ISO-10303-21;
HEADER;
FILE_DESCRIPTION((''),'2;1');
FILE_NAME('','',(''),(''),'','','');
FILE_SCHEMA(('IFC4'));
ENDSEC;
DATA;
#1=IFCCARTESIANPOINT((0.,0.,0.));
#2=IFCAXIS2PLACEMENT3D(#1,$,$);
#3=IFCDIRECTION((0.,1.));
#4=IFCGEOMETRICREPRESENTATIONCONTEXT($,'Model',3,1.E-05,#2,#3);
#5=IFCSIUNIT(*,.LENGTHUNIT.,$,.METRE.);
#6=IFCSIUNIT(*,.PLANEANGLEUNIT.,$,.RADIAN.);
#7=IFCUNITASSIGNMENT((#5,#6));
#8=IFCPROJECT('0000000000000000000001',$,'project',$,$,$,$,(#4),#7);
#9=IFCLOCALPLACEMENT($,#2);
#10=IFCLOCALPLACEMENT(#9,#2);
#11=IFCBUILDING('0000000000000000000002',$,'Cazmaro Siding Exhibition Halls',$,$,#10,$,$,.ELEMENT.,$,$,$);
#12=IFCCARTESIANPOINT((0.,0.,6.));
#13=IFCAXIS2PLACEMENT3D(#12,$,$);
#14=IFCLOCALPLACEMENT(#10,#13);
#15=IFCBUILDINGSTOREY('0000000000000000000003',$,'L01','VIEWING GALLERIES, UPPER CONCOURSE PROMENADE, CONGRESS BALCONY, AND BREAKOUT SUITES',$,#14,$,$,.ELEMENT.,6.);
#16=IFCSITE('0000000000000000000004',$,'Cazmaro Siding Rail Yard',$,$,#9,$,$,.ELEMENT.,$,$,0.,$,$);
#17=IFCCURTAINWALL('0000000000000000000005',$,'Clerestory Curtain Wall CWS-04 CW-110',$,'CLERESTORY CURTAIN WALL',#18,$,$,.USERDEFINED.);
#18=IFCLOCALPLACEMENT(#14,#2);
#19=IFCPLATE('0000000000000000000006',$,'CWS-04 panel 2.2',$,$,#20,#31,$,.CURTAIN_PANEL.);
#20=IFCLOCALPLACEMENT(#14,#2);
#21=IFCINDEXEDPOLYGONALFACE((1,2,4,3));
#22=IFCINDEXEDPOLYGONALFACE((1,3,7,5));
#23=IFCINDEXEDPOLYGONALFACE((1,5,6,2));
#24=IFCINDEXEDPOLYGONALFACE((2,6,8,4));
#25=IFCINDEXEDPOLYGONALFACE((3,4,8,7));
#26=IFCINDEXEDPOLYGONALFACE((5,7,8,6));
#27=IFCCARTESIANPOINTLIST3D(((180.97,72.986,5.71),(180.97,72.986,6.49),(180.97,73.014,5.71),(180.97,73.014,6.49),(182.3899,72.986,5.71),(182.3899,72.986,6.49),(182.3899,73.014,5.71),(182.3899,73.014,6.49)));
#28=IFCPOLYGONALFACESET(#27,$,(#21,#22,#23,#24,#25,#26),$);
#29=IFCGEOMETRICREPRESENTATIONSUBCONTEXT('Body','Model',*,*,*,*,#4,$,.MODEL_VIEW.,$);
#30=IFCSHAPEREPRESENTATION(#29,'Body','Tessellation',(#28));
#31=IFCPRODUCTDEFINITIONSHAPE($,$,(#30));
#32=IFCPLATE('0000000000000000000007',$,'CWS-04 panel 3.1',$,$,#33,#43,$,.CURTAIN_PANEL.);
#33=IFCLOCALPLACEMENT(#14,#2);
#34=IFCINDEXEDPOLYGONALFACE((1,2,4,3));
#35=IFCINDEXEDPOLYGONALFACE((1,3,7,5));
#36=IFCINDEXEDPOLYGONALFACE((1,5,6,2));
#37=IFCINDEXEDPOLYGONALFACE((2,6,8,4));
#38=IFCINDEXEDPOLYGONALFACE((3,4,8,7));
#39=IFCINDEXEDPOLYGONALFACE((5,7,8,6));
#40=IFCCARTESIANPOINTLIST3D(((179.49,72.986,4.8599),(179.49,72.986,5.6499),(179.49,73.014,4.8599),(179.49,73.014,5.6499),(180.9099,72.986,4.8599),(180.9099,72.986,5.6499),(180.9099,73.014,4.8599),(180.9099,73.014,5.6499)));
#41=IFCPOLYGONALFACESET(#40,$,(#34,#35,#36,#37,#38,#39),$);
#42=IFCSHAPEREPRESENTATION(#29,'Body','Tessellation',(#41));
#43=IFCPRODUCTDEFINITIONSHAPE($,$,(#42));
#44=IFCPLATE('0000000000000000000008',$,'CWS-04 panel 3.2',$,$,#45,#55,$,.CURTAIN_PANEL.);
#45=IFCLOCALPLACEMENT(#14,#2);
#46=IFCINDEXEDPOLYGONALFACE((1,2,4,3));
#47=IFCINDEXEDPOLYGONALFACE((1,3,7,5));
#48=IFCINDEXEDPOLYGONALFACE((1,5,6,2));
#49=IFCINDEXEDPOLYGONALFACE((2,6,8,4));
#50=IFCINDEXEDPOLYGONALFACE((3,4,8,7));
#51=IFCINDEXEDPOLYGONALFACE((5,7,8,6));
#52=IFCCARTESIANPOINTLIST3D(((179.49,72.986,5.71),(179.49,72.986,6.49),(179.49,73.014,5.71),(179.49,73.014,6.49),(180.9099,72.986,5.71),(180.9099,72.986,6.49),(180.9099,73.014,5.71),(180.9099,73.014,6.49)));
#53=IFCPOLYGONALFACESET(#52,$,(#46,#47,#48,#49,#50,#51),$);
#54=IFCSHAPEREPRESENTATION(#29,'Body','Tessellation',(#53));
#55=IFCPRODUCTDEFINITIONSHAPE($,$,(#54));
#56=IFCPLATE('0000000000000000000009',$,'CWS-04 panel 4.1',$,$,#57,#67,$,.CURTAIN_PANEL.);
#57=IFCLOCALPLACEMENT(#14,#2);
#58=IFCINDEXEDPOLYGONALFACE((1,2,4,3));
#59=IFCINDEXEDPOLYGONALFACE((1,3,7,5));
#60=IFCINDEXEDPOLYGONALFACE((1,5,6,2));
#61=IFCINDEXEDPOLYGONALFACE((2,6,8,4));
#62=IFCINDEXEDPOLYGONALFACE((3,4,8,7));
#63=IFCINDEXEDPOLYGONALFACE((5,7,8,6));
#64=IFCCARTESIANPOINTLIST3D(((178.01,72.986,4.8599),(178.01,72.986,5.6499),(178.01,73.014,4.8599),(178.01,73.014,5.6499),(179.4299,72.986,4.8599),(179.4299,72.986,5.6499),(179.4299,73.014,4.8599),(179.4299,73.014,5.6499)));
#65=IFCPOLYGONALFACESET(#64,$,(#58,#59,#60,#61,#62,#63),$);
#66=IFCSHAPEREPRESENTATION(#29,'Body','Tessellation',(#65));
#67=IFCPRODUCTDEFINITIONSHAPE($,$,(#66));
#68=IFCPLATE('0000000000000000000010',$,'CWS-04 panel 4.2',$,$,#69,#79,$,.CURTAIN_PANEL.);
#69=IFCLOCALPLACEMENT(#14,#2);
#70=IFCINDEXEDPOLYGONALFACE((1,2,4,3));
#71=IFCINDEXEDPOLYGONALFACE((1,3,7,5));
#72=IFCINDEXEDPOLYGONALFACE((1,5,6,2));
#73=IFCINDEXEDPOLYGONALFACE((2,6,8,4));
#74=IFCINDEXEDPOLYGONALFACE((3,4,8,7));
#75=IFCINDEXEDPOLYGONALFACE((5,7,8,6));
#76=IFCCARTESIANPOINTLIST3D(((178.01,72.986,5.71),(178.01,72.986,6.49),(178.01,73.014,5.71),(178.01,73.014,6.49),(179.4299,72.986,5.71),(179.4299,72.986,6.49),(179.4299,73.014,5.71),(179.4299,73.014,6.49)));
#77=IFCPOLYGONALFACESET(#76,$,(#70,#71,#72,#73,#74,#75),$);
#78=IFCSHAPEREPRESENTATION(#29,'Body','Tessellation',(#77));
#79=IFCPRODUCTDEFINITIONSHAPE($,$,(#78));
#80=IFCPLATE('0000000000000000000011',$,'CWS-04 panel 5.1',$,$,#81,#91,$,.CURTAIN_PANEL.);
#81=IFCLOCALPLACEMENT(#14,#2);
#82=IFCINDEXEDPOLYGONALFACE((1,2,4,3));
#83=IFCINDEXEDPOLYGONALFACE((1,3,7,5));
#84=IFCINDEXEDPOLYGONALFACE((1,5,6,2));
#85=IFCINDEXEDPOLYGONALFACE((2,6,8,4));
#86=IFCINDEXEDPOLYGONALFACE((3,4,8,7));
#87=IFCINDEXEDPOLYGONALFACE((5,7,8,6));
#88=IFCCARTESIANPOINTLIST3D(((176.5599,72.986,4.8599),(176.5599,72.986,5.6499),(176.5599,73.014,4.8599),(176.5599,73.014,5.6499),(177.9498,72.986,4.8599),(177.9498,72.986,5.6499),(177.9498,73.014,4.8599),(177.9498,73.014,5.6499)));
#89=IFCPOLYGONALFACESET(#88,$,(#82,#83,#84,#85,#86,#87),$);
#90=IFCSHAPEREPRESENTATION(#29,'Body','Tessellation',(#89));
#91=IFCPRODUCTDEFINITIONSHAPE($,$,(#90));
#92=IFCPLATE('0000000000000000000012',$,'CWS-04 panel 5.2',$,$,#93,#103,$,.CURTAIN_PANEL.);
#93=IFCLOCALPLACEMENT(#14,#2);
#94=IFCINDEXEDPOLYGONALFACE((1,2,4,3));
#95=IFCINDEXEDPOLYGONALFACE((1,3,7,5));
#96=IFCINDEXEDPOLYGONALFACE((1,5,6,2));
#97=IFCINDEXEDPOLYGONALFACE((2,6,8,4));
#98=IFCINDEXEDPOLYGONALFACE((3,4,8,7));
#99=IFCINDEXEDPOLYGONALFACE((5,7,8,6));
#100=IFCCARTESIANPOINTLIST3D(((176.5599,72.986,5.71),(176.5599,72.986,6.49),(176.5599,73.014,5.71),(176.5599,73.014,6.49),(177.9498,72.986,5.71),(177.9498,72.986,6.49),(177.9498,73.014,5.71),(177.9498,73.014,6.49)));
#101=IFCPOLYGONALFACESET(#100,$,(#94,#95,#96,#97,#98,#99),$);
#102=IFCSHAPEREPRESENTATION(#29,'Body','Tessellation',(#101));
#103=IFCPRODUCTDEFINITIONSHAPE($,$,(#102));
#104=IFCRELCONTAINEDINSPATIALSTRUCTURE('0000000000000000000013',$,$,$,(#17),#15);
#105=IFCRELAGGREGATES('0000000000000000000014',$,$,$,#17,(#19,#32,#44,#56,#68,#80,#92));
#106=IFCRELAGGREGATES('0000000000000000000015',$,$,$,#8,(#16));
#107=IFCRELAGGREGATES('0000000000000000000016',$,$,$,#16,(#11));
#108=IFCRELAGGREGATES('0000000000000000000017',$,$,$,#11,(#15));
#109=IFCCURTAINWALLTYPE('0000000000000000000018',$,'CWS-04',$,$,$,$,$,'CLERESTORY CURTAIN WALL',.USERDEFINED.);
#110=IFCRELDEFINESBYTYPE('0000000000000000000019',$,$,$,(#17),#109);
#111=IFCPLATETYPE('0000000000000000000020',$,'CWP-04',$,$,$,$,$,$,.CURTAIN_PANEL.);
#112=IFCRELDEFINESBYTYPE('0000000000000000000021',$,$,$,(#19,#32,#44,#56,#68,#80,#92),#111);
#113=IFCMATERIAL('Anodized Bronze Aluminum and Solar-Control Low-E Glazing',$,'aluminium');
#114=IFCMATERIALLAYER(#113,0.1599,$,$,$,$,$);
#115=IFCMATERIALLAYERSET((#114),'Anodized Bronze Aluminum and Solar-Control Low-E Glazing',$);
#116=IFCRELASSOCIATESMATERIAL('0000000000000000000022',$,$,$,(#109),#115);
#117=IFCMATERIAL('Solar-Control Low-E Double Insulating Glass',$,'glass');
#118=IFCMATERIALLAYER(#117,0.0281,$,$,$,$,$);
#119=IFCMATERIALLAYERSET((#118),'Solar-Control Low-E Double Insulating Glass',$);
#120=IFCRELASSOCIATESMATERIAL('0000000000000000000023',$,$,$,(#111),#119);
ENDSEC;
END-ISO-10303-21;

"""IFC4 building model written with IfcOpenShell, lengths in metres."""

from ifc_helpers import new_model, si_unit, direction, frame, origin, origin_2d, place, context, subcontext, project, spatial, rectangle, extrude, material, layer, layer_set, type_object, element, aggregate, save


model = new_model("IFC4")

# Units and contexts
model_context = context("Model", 3, precision=1e-05, world=origin(), true_north=direction((0.0, 1.0)))
body_context = subcontext(model_context, "Body", "Model", "MODEL_VIEW")
ifc_project = project(units=[si_unit("LENGTHUNIT", "METRE"), si_unit("PLANEANGLEUNIT", "RADIAN")], contexts=[model_context])

# Site, building, storey
site_placement = place(None, origin())
site = spatial("IfcSite", under=ifc_project, at=site_placement, Name="Cazmaro Siding Rail Yard", CompositionType="ELEMENT", RefElevation=0.0)
building_placement = place(site_placement, origin())
building = spatial("IfcBuilding", under=site, at=building_placement, Name="Cazmaro Siding Exhibition Halls", CompositionType="ELEMENT")
storey_placement = place(building_placement, frame((0.0, 0.0, 6.0)))
storey = spatial("IfcBuildingStorey", under=building, at=storey_placement, Name="L01", Description="VIEWING GALLERIES, UPPER CONCOURSE PROMENADE, CONGRESS BALCONY, AND BREAKOUT SUITES", CompositionType="ELEMENT", Elevation=6.0)

# Curtain wall, plates
ifc_material_1 = material(Name="Anodized Bronze Aluminum and Solar-Control Low-E Glazing", Category="aluminium")
ifc_layer_1 = layer(ifc_material_1, 0.1599)
ifc_layer_set_1 = layer_set([ifc_layer_1], Name="Anodized Bronze Aluminum and Solar-Control Low-E Glazing")
curtain_wall_type = type_object("IfcCurtainWallType", Name="CWS-04", ElementType="CLERESTORY CURTAIN WALL", PredefinedType="USERDEFINED", material=ifc_layer_set_1)
curtain_wall_placement = place(storey_placement, origin())
curtain_wall = element("IfcCurtainWall", 1, at=curtain_wall_placement, inside=storey, type_object=curtain_wall_type, Name="Clerestory Curtain Wall CWS-04 CW-110", ObjectType="CLERESTORY CURTAIN WALL", PredefinedType="USERDEFINED")
ifc_material_2 = material(Name="Solar-Control Low-E Double Insulating Glass", Category="glass")
ifc_layer_2 = layer(ifc_material_2, 0.0281)
ifc_layer_set_2 = layer_set([ifc_layer_2], Name="Solar-Control Low-E Double Insulating Glass")
plate_type = type_object("IfcPlateType", Name="CWP-04", PredefinedType="CURTAIN_PANEL", material=ifc_layer_set_2)
plate_1_placement = place(storey_placement, frame((181.6799, 73.0, 5.71), z_axis=(0.0, 0.0, 1.0), x_axis=(-1.0, 0.0, 0.0)))
plate_1 = element("IfcPlate", 2, at=plate_1_placement, type_object=plate_type, Name="CWS-04 panel 2.2", PredefinedType="CURTAIN_PANEL", context=body_context, shape_type="SweptSolid", body=[
    extrude(rectangle(XDim=1.4199, YDim=0.0281, at=origin_2d()), origin(), (0.0, 0.0, 1.0), 0.78),
])
plate_2_placement = place(storey_placement, frame((180.2, 73.0, 4.8599), z_axis=(0.0, 0.0, 1.0), x_axis=(-1.0, 0.0, 0.0)))
plate_2 = element("IfcPlate", 3, at=plate_2_placement, type_object=plate_type, Name="CWS-04 panel 3.1", PredefinedType="CURTAIN_PANEL", context=body_context, shape_type="SweptSolid", body=[
    extrude(rectangle(XDim=1.4199, YDim=0.0281, at=origin_2d()), origin(), (0.0, 0.0, 1.0), 0.79),
])
plate_3_placement = place(storey_placement, frame((180.2, 73.0, 5.71), z_axis=(0.0, 0.0, 1.0), x_axis=(-1.0, 0.0, 0.0)))
plate_3 = element("IfcPlate", 4, at=plate_3_placement, type_object=plate_type, Name="CWS-04 panel 3.2", PredefinedType="CURTAIN_PANEL", context=body_context, shape_type="SweptSolid", body=[
    extrude(rectangle(XDim=1.4199, YDim=0.0281, at=origin_2d()), origin(), (0.0, 0.0, 1.0), 0.78),
])
plate_4_placement = place(storey_placement, frame((178.72, 73.0, 4.8599), z_axis=(0.0, 0.0, 1.0), x_axis=(-1.0, 0.0, 0.0)))
plate_4 = element("IfcPlate", 5, at=plate_4_placement, type_object=plate_type, Name="CWS-04 panel 4.1", PredefinedType="CURTAIN_PANEL", context=body_context, shape_type="SweptSolid", body=[
    extrude(rectangle(XDim=1.4199, YDim=0.0281, at=origin_2d()), origin(), (0.0, 0.0, 1.0), 0.79),
])
plate_5_placement = place(storey_placement, frame((178.72, 73.0, 5.71), z_axis=(0.0, 0.0, 1.0), x_axis=(-1.0, 0.0, 0.0)))
plate_5 = element("IfcPlate", 6, at=plate_5_placement, type_object=plate_type, Name="CWS-04 panel 4.2", PredefinedType="CURTAIN_PANEL", context=body_context, shape_type="SweptSolid", body=[
    extrude(rectangle(XDim=1.4199, YDim=0.0281, at=origin_2d()), origin(), (0.0, 0.0, 1.0), 0.78),
])
plate_6_placement = place(storey_placement, frame((177.2549, 73.0, 4.8599), z_axis=(0.0, 0.0, 1.0), x_axis=(-1.0, 0.0, 0.0)))
plate_6 = element("IfcPlate", 7, at=plate_6_placement, type_object=plate_type, Name="CWS-04 panel 5.1", PredefinedType="CURTAIN_PANEL", context=body_context, shape_type="SweptSolid", body=[
    extrude(rectangle(XDim=1.3899, YDim=0.0281, at=origin_2d()), origin(), (0.0, 0.0, 1.0), 0.79),
])
plate_7_placement = place(storey_placement, frame((177.2549, 73.0, 5.71), z_axis=(0.0, 0.0, 1.0), x_axis=(-1.0, 0.0, 0.0)))
plate_7 = element("IfcPlate", 8, at=plate_7_placement, type_object=plate_type, Name="CWS-04 panel 5.2", PredefinedType="CURTAIN_PANEL", context=body_context, shape_type="SweptSolid", body=[
    extrude(rectangle(XDim=1.3899, YDim=0.0281, at=origin_2d()), origin(), (0.0, 0.0, 1.0), 0.78),
])
aggregate(curtain_wall, [plate_1, plate_2, plate_3, plate_4, plate_5, plate_6, plate_7])

save(model, "model.ifc")
